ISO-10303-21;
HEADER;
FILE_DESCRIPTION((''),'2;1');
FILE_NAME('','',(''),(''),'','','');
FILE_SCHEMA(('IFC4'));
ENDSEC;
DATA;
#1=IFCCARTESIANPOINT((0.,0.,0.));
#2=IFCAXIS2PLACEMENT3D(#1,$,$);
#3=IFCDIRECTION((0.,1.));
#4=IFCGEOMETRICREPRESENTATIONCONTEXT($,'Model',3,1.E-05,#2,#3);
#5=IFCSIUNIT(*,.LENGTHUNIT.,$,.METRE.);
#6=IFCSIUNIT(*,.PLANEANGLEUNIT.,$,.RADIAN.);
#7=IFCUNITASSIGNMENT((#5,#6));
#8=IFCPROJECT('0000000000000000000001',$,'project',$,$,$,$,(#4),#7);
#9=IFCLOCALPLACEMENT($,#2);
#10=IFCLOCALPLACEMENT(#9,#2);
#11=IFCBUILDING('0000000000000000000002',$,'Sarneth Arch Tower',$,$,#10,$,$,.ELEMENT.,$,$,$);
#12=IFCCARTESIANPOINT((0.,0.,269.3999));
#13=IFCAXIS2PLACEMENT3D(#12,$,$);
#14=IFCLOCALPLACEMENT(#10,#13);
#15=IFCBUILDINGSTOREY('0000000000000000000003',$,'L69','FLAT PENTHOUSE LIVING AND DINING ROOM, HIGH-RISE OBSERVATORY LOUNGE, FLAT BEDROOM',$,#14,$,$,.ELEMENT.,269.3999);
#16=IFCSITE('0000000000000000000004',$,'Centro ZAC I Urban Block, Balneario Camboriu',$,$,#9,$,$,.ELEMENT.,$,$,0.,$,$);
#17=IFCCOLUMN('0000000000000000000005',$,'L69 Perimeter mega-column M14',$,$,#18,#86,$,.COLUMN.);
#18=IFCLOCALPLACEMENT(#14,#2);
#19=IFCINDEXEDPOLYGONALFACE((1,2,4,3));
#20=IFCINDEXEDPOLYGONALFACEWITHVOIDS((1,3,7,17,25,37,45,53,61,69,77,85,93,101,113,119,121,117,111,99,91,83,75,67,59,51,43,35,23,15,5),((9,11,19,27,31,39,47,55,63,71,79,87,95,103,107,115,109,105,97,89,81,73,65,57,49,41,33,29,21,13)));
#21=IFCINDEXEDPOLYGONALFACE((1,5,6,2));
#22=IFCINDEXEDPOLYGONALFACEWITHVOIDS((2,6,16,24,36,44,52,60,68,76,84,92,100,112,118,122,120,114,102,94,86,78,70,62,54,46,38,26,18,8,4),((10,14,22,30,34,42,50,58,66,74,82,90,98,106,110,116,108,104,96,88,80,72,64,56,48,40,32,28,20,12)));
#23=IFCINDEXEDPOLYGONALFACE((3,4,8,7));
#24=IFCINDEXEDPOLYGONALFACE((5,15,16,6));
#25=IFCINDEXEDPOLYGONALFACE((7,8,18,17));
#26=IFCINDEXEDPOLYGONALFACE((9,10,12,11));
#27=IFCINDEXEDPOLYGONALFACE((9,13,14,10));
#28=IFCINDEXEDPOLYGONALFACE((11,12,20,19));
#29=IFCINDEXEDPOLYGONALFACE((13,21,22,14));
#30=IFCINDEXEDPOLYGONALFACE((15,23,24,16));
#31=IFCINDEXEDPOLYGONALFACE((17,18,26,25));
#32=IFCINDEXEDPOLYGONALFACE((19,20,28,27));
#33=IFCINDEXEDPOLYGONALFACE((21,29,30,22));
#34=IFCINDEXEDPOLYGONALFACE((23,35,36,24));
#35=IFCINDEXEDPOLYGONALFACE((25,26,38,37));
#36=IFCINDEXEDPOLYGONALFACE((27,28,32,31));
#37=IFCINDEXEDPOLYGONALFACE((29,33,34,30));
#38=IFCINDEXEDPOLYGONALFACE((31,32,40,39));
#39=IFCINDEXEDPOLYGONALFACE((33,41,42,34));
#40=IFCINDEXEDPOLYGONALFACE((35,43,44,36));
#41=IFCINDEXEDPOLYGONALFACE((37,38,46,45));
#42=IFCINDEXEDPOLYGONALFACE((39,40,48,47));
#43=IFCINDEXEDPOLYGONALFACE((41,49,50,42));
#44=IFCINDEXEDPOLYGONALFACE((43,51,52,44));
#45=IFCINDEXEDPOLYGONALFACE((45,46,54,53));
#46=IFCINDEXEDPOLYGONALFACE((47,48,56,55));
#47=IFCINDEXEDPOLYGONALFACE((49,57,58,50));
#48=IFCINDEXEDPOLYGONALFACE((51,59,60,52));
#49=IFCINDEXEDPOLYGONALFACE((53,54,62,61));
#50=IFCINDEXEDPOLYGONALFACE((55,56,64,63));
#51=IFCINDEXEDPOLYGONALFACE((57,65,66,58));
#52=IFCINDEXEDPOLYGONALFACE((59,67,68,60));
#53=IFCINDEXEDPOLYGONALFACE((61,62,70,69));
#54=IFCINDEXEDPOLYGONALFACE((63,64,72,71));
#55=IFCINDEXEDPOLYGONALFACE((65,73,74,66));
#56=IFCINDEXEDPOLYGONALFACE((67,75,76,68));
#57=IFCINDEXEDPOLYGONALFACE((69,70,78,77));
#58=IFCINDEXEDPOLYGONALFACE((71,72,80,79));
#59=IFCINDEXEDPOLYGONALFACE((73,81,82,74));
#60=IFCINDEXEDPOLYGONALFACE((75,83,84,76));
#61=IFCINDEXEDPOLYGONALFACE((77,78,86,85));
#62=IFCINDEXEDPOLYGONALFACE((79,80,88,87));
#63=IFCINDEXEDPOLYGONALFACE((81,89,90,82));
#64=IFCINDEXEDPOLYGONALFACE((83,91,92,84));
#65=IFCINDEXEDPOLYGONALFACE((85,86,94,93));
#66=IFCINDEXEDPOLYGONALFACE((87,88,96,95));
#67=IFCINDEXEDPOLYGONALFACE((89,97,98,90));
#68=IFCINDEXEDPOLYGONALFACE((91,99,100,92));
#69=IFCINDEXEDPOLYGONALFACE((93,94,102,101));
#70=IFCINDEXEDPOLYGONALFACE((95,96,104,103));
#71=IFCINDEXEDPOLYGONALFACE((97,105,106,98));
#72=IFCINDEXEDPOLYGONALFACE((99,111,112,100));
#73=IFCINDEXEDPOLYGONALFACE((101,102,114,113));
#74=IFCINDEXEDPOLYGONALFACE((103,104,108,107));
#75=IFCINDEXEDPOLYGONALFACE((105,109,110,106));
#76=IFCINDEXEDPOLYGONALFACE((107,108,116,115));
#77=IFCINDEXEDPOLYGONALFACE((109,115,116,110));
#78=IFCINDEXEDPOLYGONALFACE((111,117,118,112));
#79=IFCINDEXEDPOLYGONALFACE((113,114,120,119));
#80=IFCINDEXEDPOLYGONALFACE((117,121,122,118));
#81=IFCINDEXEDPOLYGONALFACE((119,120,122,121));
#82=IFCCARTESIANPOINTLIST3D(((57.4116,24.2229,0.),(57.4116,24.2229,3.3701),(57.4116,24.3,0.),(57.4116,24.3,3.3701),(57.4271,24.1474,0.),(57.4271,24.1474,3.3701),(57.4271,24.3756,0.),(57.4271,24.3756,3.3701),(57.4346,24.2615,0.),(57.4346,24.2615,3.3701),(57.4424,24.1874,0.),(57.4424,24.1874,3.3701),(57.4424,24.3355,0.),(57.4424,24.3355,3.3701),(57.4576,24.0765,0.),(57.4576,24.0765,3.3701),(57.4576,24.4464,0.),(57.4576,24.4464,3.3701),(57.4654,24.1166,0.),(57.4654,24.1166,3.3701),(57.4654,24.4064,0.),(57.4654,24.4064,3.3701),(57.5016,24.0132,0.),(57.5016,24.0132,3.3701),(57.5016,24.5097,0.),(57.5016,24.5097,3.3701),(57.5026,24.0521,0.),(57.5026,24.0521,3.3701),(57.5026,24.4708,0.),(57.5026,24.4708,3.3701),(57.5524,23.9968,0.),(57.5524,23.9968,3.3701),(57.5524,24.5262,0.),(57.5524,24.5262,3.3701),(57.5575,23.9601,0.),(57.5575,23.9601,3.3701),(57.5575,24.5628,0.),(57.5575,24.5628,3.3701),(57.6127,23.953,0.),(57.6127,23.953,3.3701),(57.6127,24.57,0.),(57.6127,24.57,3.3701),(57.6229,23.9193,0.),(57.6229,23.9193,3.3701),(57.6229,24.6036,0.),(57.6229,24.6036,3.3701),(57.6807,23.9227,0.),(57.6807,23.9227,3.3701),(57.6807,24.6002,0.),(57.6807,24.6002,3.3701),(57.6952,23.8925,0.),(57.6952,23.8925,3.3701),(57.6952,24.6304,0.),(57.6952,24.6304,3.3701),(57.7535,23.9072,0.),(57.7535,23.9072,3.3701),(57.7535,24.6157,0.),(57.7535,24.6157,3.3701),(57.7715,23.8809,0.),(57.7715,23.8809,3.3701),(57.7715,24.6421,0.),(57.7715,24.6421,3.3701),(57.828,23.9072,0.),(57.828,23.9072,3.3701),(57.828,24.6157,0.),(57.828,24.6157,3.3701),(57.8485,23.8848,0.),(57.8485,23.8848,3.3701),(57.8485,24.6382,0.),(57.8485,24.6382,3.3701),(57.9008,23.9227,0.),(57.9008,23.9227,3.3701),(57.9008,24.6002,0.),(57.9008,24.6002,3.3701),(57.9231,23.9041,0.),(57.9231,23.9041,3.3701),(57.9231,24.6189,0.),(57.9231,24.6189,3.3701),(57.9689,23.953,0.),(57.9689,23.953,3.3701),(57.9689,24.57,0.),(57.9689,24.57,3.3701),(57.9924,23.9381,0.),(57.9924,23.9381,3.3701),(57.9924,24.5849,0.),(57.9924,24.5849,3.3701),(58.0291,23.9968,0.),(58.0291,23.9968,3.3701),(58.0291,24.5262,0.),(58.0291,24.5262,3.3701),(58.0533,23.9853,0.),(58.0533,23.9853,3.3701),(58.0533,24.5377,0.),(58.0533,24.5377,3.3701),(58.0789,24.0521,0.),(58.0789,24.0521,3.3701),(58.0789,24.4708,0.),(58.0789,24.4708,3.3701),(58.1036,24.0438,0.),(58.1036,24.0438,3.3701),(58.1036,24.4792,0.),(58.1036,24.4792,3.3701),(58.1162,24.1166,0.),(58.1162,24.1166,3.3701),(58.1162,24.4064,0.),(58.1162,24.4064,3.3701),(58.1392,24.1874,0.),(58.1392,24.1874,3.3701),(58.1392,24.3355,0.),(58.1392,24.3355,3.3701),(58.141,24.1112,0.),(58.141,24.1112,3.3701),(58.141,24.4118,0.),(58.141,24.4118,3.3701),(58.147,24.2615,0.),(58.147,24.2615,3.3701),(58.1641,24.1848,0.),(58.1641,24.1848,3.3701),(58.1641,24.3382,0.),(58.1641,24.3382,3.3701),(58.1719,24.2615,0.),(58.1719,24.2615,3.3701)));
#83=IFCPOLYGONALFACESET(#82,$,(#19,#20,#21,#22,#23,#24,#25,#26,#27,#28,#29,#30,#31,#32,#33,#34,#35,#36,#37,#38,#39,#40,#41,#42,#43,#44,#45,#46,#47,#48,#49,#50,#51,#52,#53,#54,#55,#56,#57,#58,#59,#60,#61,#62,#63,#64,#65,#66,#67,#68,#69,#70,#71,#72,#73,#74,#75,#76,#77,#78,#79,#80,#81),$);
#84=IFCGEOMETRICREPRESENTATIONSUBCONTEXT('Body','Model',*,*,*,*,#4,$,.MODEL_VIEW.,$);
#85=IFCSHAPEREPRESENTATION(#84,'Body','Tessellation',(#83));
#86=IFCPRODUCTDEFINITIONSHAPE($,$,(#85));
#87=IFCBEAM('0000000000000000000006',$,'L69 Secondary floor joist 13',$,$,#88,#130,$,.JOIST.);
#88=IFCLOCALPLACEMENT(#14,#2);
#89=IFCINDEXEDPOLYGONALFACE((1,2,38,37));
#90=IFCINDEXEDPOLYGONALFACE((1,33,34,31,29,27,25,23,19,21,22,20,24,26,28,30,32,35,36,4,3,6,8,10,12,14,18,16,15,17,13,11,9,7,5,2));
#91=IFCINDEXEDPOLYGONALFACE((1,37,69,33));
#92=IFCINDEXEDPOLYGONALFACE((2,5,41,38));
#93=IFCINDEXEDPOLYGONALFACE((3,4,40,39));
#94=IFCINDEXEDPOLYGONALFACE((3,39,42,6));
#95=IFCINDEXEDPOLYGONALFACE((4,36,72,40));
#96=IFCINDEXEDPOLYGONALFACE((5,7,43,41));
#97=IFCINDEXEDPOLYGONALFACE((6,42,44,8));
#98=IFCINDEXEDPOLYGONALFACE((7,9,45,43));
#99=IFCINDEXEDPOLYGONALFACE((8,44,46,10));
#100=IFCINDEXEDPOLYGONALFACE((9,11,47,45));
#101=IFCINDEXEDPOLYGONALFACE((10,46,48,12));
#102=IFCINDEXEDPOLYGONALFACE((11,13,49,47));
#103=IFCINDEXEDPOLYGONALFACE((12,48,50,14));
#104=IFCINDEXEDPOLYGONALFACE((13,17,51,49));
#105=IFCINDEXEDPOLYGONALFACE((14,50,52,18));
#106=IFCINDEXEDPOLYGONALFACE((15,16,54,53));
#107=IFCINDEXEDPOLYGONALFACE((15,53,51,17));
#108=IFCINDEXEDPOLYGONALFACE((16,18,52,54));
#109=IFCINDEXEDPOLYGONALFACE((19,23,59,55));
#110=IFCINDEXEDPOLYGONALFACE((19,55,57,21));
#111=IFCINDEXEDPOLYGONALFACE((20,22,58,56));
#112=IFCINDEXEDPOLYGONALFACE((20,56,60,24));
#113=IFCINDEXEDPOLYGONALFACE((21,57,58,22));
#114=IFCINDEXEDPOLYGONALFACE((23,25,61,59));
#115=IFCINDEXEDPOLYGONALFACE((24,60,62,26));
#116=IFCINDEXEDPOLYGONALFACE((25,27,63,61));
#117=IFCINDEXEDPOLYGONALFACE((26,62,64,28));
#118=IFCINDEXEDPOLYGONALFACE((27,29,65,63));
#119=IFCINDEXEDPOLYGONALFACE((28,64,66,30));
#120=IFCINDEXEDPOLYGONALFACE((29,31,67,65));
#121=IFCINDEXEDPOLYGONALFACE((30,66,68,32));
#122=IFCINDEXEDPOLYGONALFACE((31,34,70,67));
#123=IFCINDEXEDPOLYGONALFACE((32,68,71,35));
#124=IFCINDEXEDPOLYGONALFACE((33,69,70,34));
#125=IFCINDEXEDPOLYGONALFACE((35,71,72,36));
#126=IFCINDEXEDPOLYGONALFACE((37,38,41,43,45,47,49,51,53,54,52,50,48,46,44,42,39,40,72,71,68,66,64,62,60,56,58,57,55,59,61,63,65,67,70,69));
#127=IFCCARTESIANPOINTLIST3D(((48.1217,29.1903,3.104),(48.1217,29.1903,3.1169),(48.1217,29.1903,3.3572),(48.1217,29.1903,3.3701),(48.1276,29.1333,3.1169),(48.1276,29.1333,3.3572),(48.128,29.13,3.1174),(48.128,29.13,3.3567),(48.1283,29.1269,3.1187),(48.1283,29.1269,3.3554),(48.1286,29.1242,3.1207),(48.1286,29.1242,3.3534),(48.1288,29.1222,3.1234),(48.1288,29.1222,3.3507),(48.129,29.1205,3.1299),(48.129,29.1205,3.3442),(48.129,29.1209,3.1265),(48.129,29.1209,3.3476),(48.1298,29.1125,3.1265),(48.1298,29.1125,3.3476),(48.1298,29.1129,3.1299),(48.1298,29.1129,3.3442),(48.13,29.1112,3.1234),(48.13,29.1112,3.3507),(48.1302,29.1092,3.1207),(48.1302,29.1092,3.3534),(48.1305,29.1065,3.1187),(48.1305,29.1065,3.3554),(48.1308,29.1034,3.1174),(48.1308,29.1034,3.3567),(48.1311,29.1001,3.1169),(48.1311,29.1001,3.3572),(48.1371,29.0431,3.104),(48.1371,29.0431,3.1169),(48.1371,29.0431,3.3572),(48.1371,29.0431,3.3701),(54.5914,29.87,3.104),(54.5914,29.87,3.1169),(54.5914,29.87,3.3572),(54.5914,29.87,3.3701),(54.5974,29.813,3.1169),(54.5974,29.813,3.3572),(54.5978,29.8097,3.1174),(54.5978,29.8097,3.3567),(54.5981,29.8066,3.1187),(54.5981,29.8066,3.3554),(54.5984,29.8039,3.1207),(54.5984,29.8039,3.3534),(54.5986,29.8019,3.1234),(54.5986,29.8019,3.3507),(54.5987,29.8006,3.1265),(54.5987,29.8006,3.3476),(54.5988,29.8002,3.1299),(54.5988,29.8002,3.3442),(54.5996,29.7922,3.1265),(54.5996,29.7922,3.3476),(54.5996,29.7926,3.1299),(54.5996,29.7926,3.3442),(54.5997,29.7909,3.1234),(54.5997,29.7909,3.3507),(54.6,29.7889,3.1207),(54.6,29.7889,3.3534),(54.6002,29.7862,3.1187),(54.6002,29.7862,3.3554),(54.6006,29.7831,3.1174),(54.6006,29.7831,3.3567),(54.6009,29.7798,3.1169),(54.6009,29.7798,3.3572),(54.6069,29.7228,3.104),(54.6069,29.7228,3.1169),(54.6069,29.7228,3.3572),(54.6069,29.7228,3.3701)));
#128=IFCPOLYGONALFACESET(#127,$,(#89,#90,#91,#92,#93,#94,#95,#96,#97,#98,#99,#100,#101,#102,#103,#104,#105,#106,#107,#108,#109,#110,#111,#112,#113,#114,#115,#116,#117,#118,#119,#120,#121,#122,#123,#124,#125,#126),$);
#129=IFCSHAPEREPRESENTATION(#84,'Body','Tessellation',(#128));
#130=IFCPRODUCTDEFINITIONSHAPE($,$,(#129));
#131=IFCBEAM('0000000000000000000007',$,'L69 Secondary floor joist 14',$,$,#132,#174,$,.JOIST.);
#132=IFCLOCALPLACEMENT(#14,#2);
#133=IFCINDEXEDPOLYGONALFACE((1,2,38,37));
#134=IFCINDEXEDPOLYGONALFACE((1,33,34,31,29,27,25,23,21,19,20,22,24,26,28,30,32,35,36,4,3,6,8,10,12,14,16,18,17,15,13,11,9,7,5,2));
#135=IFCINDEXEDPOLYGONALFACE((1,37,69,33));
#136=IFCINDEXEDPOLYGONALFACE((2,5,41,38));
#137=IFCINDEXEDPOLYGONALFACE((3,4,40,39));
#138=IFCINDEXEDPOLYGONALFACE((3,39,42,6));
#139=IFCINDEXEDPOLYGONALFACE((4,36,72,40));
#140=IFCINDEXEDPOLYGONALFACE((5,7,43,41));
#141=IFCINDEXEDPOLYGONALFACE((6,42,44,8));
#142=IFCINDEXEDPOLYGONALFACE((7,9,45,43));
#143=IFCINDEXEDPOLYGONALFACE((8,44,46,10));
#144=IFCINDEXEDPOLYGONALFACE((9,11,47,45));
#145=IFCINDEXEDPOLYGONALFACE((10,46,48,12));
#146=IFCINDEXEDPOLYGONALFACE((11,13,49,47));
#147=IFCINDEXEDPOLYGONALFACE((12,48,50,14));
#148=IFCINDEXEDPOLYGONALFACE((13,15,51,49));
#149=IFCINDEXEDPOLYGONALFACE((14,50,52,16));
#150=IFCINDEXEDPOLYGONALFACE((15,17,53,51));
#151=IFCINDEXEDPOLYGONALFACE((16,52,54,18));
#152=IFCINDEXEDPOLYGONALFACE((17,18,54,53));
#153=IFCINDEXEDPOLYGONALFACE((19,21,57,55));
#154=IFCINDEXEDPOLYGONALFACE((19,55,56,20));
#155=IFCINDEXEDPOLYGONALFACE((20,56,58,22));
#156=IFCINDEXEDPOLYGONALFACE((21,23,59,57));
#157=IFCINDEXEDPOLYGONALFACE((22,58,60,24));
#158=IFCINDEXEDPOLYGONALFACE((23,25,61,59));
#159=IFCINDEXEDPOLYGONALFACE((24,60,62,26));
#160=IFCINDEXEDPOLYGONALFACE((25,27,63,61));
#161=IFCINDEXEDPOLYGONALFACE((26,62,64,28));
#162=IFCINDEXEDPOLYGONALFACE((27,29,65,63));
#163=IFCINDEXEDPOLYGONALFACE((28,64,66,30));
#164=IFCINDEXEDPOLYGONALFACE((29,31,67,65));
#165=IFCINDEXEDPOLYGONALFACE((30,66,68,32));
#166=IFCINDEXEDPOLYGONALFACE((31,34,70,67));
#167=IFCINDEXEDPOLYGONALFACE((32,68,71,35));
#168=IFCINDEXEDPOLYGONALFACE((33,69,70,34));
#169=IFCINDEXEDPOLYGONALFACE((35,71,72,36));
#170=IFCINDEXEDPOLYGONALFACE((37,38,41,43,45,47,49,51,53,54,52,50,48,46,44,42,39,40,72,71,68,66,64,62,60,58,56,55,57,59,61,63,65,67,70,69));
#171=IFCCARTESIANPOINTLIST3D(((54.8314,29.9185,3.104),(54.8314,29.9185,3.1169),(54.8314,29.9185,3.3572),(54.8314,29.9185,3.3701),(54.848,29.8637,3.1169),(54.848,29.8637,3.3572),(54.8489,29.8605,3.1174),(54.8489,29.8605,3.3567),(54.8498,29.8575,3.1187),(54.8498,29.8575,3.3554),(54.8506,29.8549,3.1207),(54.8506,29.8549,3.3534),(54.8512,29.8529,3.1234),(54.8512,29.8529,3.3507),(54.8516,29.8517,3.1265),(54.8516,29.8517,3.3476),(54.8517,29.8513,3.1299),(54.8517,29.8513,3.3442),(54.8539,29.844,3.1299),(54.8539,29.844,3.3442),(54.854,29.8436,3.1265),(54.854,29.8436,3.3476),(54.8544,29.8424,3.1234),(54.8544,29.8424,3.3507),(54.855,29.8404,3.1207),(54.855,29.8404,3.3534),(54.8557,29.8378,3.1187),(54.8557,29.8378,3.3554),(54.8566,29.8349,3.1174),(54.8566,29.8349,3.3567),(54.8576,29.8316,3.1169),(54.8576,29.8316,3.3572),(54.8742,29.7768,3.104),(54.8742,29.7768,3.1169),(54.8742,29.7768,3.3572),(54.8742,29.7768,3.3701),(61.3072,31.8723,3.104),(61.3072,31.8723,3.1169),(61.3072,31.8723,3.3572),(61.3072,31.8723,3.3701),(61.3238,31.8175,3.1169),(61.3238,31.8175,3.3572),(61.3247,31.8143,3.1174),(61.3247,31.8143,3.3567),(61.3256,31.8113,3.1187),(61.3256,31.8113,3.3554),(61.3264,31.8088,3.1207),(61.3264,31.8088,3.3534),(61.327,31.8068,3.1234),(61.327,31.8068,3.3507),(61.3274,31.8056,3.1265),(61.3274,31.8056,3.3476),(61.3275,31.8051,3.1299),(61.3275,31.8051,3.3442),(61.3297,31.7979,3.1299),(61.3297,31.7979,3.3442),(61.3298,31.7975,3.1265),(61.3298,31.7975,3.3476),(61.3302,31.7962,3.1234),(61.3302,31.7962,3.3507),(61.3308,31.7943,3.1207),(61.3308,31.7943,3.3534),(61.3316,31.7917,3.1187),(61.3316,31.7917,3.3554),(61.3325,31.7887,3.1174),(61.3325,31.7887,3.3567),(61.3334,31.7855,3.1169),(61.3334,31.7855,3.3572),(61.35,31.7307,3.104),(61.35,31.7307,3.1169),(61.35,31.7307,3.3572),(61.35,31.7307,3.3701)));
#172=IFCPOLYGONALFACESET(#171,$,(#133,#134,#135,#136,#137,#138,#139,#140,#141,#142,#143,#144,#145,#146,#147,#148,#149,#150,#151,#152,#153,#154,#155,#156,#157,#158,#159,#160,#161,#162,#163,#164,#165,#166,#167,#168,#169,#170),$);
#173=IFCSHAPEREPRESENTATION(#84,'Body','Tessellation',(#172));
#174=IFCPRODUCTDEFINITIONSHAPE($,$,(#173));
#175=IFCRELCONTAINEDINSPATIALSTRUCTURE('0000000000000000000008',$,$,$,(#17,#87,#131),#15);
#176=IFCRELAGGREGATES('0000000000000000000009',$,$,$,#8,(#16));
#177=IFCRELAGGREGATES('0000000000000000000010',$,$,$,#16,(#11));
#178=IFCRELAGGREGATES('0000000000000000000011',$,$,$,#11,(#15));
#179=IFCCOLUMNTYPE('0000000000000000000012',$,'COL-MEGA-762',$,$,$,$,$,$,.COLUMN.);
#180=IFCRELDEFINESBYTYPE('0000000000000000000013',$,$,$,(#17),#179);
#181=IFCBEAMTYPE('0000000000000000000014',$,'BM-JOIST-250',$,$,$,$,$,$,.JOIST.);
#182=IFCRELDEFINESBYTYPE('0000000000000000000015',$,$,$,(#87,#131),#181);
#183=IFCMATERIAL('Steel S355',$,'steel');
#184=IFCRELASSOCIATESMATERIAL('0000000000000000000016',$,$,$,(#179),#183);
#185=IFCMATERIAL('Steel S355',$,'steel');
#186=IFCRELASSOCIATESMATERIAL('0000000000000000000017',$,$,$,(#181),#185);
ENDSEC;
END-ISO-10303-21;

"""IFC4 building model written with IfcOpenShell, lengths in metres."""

from ifc_helpers import new_model, si_unit, direction, frame, origin, origin_2d, place, context, subcontext, project, spatial, hollow_circle, i_section, extrude, material, material_profile, profile_set, type_object, element, save


model = new_model("IFC4")

# Units and contexts
model_context = context("Model", 3, precision=1e-05, world=origin(), true_north=direction((0.0, 1.0)))
body_context = subcontext(model_context, "Body", "Model", "MODEL_VIEW")
ifc_project = project(units=[si_unit("LENGTHUNIT", "METRE"), si_unit("PLANEANGLEUNIT", "RADIAN")], contexts=[model_context])

# Site, building, storey
site_placement = place(None, origin())
site = spatial("IfcSite", under=ifc_project, at=site_placement, Name="Centro ZAC I Urban Block, Balneario Camboriu", CompositionType="ELEMENT", RefElevation=0.0)
building_placement = place(site_placement, origin())
building = spatial("IfcBuilding", under=site, at=building_placement, Name="Sarneth Arch Tower", CompositionType="ELEMENT")
storey_placement = place(building_placement, frame((0.0, 0.0, 269.3999)))
storey = spatial("IfcBuildingStorey", under=building, at=storey_placement, Name="L69", Description="FLAT PENTHOUSE LIVING AND DINING ROOM, HIGH-RISE OBSERVATORY LOUNGE, FLAT BEDROOM", CompositionType="ELEMENT", Elevation=269.3999)

# Column
ifc_material_1 = material(Name="Steel S355", Category="steel")
ifc_material_profile_1 = material_profile(ifc_material_1, hollow_circle(Radius=0.3811, WallThickness=0.0249, at=origin_2d()), Name="CHS762x25")
ifc_profile_set_1 = profile_set([ifc_material_profile_1], Name="Steel S355")
column_type = type_object("IfcColumnType", Name="COL-MEGA-762", PredefinedType="COLUMN", material=ifc_profile_set_1)
column_placement = place(storey_placement, frame((57.7908, 24.2615, 0.0), z_axis=(0.0, 0.0, 1.0), x_axis=(1.0, 0.0, 0.0)))
element("IfcColumn", 1, at=column_placement, inside=storey, type_object=column_type, Name="L69 Perimeter mega-column M14", PredefinedType="COLUMN", context=body_context, shape_type="SweptSolid", body=[
    extrude(hollow_circle(Radius=0.3811, WallThickness=0.0249, at=origin_2d()), origin(), (0.0, 0.0, 1.0), 3.3701),
])

# Beams
ifc_material_2 = material(Name="Steel S355", Category="steel")
ifc_material_profile_2 = material_profile(ifc_material_2, i_section(OverallWidth=0.1479, OverallDepth=0.2661, WebThickness=0.0076, FlangeThickness=0.0129, FilletRadius=0.0129, at=origin_2d()), Name="W250x44.8")
ifc_profile_set_2 = profile_set([ifc_material_profile_2], Name="Steel S355")
beam_type_1 = type_object("IfcBeamType", Name="BM-JOIST-250", PredefinedType="JOIST", material=ifc_profile_set_2)
beam_1_placement = place(storey_placement, frame((48.1294, 29.1167, 3.2371), z_axis=(0.994527, 0.104482, 0.0), x_axis=(-0.104482, 0.994527, 0.0)))
element("IfcBeam", 2, at=beam_1_placement, inside=storey, type_object=beam_type_1, Name="L69 Secondary floor joist 13", PredefinedType="JOIST", context=body_context, shape_type="SweptSolid", body=[
    extrude(i_section(OverallWidth=0.1479, OverallDepth=0.2661, WebThickness=0.0076, FlangeThickness=0.0129, FilletRadius=0.0129, at=origin_2d()), origin(), (0.0, 0.0, 1.0), 6.5054),
])
beam_2_placement = place(storey_placement, frame((54.8528, 29.8477, 3.2371), z_axis=(0.957373, 0.288854, 0.0), x_axis=(-0.288854, 0.957373, 0.0)))
element("IfcBeam", 3, at=beam_2_placement, inside=storey, type_object=beam_type_1, Name="L69 Secondary floor joist 14", PredefinedType="JOIST", context=body_context, shape_type="SweptSolid", body=[
    extrude(i_section(OverallWidth=0.1479, OverallDepth=0.2661, WebThickness=0.0076, FlangeThickness=0.0129, FilletRadius=0.0129, at=origin_2d()), origin(), (0.0, 0.0, 1.0), 6.7642),
])

save(model, "model.ifc")
